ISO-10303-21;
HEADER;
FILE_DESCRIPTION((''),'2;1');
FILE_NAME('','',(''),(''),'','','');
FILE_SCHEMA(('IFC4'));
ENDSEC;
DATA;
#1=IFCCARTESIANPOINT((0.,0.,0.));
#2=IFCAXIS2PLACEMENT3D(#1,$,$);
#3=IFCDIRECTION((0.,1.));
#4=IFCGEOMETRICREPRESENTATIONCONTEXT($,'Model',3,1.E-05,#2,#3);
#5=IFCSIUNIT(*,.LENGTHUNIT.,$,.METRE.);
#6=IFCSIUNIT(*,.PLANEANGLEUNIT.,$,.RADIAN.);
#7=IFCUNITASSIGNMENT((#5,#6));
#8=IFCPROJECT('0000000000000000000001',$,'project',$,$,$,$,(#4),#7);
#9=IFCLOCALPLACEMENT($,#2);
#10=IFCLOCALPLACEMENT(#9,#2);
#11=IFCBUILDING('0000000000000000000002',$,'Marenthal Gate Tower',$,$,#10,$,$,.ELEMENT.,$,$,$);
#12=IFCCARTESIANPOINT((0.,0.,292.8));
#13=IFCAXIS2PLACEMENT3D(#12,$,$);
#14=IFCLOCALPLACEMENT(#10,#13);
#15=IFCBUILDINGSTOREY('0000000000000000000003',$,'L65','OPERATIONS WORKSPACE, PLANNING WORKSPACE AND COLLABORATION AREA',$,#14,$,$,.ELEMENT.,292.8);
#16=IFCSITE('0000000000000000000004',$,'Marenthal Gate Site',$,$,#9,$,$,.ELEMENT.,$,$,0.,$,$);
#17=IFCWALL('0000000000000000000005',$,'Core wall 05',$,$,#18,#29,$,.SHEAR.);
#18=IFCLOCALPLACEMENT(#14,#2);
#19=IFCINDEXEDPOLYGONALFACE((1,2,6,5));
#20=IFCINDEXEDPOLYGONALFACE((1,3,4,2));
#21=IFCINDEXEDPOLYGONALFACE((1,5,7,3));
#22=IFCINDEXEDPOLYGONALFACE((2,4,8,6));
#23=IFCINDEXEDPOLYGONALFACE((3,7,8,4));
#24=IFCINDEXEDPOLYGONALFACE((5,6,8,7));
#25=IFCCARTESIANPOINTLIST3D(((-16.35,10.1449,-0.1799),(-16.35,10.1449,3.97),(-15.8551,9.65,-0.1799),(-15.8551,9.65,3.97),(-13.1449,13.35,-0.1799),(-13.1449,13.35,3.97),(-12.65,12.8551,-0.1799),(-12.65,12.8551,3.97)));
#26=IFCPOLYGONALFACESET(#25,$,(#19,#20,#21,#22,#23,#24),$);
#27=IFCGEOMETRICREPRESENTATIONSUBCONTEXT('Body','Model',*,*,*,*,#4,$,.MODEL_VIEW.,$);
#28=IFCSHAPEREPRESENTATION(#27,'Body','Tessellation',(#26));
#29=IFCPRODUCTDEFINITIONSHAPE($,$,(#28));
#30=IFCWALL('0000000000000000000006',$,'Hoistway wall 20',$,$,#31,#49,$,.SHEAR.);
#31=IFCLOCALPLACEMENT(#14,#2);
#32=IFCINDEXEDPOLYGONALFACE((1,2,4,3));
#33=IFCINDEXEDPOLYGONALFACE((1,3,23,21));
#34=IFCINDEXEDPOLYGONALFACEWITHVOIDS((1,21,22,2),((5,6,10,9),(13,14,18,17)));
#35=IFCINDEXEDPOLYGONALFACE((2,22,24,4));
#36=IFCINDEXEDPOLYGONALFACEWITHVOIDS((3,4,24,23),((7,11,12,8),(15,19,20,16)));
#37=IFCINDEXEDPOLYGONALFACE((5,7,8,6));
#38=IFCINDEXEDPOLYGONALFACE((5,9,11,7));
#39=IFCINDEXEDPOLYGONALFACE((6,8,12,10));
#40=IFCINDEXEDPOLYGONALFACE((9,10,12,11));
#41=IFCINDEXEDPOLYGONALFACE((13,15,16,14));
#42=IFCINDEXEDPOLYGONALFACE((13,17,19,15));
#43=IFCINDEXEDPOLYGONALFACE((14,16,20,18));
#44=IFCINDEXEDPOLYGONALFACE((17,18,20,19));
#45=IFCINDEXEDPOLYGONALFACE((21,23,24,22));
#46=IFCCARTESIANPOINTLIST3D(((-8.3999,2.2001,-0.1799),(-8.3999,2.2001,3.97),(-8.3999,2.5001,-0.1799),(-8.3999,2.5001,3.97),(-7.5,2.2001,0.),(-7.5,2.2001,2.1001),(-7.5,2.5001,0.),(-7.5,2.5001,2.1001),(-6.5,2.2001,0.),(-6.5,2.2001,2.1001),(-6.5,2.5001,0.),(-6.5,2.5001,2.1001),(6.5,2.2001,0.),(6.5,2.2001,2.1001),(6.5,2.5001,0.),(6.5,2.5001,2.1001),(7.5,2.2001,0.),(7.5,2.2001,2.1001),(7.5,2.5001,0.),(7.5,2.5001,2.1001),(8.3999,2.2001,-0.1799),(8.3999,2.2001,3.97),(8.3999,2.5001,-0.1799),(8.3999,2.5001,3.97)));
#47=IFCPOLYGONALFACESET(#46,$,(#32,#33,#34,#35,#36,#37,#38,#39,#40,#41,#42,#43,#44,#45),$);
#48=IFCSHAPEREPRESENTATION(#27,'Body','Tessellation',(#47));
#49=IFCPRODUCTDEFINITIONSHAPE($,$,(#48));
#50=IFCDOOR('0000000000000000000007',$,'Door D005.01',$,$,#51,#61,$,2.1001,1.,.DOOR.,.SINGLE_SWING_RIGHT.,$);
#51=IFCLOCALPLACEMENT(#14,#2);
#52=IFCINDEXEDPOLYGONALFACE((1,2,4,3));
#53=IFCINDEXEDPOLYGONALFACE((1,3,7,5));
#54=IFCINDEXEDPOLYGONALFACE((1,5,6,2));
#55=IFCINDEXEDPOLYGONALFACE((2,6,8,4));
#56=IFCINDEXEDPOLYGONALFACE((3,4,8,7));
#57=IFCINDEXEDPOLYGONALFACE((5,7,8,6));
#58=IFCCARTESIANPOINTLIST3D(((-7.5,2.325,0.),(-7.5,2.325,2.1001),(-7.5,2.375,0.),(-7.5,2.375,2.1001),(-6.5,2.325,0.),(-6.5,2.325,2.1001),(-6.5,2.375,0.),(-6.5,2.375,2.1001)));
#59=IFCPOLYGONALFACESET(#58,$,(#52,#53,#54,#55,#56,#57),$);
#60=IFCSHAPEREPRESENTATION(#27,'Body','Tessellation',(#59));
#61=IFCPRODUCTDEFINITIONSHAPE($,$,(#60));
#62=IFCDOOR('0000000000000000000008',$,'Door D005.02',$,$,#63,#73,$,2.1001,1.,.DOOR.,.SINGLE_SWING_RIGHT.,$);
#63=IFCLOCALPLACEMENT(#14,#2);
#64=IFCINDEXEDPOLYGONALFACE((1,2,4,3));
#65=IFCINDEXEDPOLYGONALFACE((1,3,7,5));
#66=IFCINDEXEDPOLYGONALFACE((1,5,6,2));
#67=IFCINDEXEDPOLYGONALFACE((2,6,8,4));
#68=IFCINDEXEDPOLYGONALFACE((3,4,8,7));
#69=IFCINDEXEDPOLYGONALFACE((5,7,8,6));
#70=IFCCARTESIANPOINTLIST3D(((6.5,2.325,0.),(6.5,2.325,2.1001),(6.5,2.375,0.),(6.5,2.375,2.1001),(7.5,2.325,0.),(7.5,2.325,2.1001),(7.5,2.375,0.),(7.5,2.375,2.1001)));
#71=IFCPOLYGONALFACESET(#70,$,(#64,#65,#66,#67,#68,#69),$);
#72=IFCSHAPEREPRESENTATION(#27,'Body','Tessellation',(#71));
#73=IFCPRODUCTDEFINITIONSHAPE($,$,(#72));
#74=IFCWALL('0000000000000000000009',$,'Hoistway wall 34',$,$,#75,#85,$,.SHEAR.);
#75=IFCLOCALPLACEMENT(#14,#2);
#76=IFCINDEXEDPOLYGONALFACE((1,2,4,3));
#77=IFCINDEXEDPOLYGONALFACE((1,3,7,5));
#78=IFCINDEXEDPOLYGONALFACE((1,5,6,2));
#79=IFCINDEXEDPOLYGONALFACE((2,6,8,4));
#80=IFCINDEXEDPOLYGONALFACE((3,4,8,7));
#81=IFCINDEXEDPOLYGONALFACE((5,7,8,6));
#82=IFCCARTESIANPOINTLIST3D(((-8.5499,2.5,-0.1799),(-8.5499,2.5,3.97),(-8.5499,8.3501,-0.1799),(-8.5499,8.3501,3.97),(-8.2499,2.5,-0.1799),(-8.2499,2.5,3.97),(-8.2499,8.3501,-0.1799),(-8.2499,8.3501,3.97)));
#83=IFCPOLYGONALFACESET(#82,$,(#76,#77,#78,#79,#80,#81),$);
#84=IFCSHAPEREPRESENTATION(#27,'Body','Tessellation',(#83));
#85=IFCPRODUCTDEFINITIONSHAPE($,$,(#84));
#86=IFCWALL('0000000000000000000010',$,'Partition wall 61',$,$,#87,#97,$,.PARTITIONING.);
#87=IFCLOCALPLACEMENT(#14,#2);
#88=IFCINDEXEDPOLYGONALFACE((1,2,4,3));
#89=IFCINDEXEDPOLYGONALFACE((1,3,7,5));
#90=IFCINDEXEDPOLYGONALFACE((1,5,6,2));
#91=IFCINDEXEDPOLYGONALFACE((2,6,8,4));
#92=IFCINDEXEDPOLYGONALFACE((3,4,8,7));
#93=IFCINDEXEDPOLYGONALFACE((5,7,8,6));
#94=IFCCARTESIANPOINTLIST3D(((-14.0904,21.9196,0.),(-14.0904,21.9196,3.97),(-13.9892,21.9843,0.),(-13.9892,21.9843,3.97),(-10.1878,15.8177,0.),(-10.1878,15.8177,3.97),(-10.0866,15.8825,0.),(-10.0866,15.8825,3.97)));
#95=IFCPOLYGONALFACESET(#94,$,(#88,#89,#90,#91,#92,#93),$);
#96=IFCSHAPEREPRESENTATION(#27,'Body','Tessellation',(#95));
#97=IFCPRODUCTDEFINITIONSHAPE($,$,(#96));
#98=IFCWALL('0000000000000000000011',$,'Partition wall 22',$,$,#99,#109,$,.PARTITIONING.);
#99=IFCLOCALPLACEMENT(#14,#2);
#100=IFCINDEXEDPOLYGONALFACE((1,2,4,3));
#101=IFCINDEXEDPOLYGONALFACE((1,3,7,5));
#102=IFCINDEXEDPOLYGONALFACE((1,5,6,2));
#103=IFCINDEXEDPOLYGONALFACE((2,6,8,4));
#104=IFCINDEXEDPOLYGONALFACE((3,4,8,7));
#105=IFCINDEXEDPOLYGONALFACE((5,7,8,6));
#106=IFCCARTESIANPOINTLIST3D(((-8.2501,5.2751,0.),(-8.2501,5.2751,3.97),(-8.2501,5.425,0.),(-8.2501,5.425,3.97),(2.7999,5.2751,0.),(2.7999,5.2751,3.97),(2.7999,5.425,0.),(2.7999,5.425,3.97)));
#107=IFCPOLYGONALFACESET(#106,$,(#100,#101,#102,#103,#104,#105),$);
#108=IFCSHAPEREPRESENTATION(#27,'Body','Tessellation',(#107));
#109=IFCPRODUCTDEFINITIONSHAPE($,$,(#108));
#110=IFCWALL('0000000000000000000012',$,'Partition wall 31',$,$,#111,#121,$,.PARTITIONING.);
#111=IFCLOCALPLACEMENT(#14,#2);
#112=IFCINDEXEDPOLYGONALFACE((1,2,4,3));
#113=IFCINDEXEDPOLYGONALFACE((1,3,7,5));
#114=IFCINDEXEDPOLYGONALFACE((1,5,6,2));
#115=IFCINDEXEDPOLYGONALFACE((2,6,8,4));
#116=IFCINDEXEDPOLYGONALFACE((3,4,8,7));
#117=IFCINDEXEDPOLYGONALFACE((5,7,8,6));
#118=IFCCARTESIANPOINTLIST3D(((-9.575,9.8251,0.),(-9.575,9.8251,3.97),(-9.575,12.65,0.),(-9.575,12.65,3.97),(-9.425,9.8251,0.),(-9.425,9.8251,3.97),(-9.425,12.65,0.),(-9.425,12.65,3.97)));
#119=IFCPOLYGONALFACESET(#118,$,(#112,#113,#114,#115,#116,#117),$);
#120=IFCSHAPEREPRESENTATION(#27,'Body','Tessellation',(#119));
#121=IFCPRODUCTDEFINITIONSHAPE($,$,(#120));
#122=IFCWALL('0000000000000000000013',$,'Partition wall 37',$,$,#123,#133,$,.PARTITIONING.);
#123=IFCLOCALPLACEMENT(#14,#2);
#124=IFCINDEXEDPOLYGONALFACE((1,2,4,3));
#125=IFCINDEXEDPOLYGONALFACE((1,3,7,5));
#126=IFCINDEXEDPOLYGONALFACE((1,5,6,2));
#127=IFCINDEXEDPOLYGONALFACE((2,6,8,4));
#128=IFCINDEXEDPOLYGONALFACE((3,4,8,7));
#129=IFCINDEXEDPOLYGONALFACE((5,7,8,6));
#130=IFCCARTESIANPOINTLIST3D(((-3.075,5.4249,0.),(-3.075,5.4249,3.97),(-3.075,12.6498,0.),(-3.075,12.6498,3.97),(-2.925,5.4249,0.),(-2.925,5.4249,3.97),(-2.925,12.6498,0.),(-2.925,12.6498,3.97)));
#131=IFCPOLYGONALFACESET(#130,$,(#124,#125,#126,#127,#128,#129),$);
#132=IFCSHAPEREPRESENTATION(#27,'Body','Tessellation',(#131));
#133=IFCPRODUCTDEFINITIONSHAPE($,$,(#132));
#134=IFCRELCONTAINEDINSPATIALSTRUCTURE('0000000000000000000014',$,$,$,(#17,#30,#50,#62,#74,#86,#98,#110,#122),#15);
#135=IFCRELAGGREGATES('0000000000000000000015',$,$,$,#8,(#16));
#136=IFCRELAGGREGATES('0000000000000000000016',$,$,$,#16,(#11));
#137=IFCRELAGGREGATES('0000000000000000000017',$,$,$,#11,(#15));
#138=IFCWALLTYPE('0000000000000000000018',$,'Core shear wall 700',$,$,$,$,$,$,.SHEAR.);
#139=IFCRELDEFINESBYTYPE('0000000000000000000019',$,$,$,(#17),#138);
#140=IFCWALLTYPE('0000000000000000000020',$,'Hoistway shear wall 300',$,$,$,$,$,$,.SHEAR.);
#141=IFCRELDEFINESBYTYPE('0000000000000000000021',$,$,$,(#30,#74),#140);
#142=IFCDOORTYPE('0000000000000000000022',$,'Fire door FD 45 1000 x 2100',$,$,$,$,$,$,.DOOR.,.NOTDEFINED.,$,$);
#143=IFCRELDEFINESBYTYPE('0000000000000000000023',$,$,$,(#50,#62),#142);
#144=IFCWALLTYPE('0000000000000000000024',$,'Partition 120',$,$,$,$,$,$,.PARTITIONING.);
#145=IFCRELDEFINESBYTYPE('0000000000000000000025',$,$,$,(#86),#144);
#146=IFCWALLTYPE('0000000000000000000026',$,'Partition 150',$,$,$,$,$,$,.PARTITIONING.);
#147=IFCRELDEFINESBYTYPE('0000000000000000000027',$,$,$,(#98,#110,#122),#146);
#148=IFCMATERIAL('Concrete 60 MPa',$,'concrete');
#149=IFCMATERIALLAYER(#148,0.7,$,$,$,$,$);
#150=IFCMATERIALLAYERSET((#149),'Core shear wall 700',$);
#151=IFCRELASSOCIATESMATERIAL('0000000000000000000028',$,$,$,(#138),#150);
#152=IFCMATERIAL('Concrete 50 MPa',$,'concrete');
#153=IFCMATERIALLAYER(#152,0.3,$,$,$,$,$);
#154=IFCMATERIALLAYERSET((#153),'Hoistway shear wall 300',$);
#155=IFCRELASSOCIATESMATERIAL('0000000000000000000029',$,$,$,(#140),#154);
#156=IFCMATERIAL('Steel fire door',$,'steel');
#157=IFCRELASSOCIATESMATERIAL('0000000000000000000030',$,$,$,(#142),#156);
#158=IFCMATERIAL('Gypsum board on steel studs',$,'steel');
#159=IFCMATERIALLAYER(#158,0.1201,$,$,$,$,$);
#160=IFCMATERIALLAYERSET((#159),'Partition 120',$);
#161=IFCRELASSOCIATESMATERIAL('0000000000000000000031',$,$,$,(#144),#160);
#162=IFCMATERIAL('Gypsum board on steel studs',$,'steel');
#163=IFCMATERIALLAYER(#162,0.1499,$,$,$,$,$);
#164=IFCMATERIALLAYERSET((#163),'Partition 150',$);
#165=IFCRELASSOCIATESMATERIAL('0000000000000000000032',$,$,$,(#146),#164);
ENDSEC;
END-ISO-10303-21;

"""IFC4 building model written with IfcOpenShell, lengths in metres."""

from ifc_helpers import new_model, si_unit, direction, frame, frame_2d, origin, place, context, subcontext, project, spatial, rectangle, extrude, material, layer, layer_set, type_object, element, fill, save


model = new_model("IFC4")

# Units and contexts
model_context = context("Model", 3, precision=1e-05, world=origin(), true_north=direction((0.0, 1.0)))
body_context = subcontext(model_context, "Body", "Model", "MODEL_VIEW")
ifc_project = project(units=[si_unit("LENGTHUNIT", "METRE"), si_unit("PLANEANGLEUNIT", "RADIAN")], contexts=[model_context])

# Site, building, storey
site_placement = place(None, origin())
site = spatial("IfcSite", under=ifc_project, at=site_placement, Name="Marenthal Gate Site", CompositionType="ELEMENT", RefElevation=0.0)
building_placement = place(site_placement, origin())
building = spatial("IfcBuilding", under=site, at=building_placement, Name="Marenthal Gate Tower", CompositionType="ELEMENT")
storey_placement = place(building_placement, frame((0.0, 0.0, 292.8)))
storey = spatial("IfcBuildingStorey", under=building, at=storey_placement, Name="L65", Description="OPERATIONS WORKSPACE, PLANNING WORKSPACE AND COLLABORATION AREA", CompositionType="ELEMENT", Elevation=292.8)

# Wall
ifc_material_1 = material(Name="Concrete 60 MPa", Category="concrete")
ifc_layer_1 = layer(ifc_material_1, 0.7)
ifc_layer_set_1 = layer_set([ifc_layer_1], Name="Core shear wall 700")
wall_type_1 = type_object("IfcWallType", Name="Core shear wall 700", PredefinedType="SHEAR", material=ifc_layer_set_1)
wall_1_placement = place(storey_placement, frame((-12.8975, 13.1025, -0.1799), z_axis=(0.0, 0.0, 1.0), x_axis=(-0.707107, -0.707107, 0.0)))
element("IfcWall", 1, at=wall_1_placement, inside=storey, type_object=wall_type_1, Name="Core wall 05", PredefinedType="SHEAR", context=body_context, shape_type="SweptSolid", body=[
    extrude(rectangle(XDim=4.5327, YDim=0.7, at=frame_2d((2.2664, 0.0))), origin(), (0.0, 0.0, 1.0), 4.1499),
])

# Wall, openings, doors
ifc_material_2 = material(Name="Concrete 50 MPa", Category="concrete")
ifc_layer_2 = layer(ifc_material_2, 0.3)
ifc_layer_set_2 = layer_set([ifc_layer_2], Name="Hoistway shear wall 300")
wall_type_2 = type_object("IfcWallType", Name="Hoistway shear wall 300", PredefinedType="SHEAR", material=ifc_layer_set_2)
wall_2_placement = place(storey_placement, frame((-8.3999, 2.3501, -0.1799), z_axis=(0.0, 0.0, 1.0), x_axis=(1.0, 0.0, 0.0)))
wall_2 = element("IfcWall", 2, at=wall_2_placement, inside=storey, type_object=wall_type_2, Name="Hoistway wall 20", PredefinedType="SHEAR", context=body_context, shape_type="SweptSolid", body=[
    extrude(rectangle(XDim=16.7998, YDim=0.3, at=frame_2d((8.3999, 0.0))), origin(), (0.0, 0.0, 1.0), 4.1499),
])
opening_1_placement = place(wall_2_placement, frame((0.8999, 0.0, 0.1799)))
opening_1 = element("IfcOpeningElement", 3, at=opening_1_placement, cuts=wall_2, PredefinedType="OPENING", context=body_context, shape_type="SweptSolid", body=[
    extrude(rectangle(XDim=1.0, YDim=2.1001, at=frame_2d((0.5, 1.05))), frame((0.0, 0.1602, 0.0), z_axis=(0.0, -1.0, 0.0), x_axis=(1.0, 0.0, 0.0)), (0.0, 0.0, 1.0), 0.3201),
])
opening_2_placement = place(wall_2_placement, frame((14.8999, 0.0, 0.1799)))
opening_2 = element("IfcOpeningElement", 4, at=opening_2_placement, cuts=wall_2, PredefinedType="OPENING", context=body_context, shape_type="SweptSolid", body=[
    extrude(rectangle(XDim=1.0, YDim=2.1001, at=frame_2d((0.5, 1.05))), frame((0.0, 0.1602, 0.0), z_axis=(0.0, -1.0, 0.0), x_axis=(1.0, 0.0, 0.0)), (0.0, 0.0, 1.0), 0.3201),
])
ifc_material_3 = material(Name="Steel fire door", Category="steel")
door_type_1 = type_object("IfcDoorType", Name="Fire door FD 45 1000 x 2100", OperationType="NOTDEFINED", PredefinedType="DOOR", material=ifc_material_3)
door_1_placement = place(opening_1_placement, origin())
door_1 = element("IfcDoor", 5, at=door_1_placement, inside=storey, type_object=door_type_1, Name="Door D005.01", OperationType="SINGLE_SWING_RIGHT", OverallHeight=2.1001, OverallWidth=1.0, PredefinedType="DOOR", context=body_context, shape_type="SweptSolid", body=[
    extrude(rectangle(XDim=1.0, YDim=2.1001, at=frame_2d((0.5, 1.05))), frame((0.0, 0.0249, 0.0), z_axis=(0.0, -1.0, 0.0), x_axis=(1.0, 0.0, 0.0)), (0.0, 0.0, 1.0), 0.05),
])
fill(opening_1, door_1)
door_2_placement = place(opening_2_placement, origin())
door_2 = element("IfcDoor", 6, at=door_2_placement, inside=storey, type_object=door_type_1, Name="Door D005.02", OperationType="SINGLE_SWING_RIGHT", OverallHeight=2.1001, OverallWidth=1.0, PredefinedType="DOOR", context=body_context, shape_type="SweptSolid", body=[
    extrude(rectangle(XDim=1.0, YDim=2.1001, at=frame_2d((0.5, 1.05))), frame((0.0, 0.0249, 0.0), z_axis=(0.0, -1.0, 0.0), x_axis=(1.0, 0.0, 0.0)), (0.0, 0.0, 1.0), 0.05),
])
fill(opening_2, door_2)

# Walls
wall_3_placement = place(storey_placement, frame((-8.3999, 2.5, -0.1799), z_axis=(0.0, 0.0, 1.0), x_axis=(0.0, 1.0, 0.0)))
element("IfcWall", 7, at=wall_3_placement, inside=storey, type_object=wall_type_2, Name="Hoistway wall 34", PredefinedType="SHEAR", context=body_context, shape_type="SweptSolid", body=[
    extrude(rectangle(XDim=5.8501, YDim=0.3, at=frame_2d((2.925, 0.0))), origin(), (0.0, 0.0, 1.0), 4.1499),
])
ifc_material_4 = material(Name="Gypsum board on steel studs", Category="steel")
ifc_layer_3 = layer(ifc_material_4, 0.1201)
ifc_layer_set_3 = layer_set([ifc_layer_3], Name="Partition 120")
wall_type_3 = type_object("IfcWallType", Name="Partition 120", PredefinedType="PARTITIONING", material=ifc_layer_set_3)
wall_4_placement = place(storey_placement, frame((-10.1372, 15.8501, 0.0), z_axis=(0.0, 0.0, 1.0), x_axis=(-0.538802, 0.842432, 0.0)))
element("IfcWall", 8, at=wall_4_placement, inside=storey, type_object=wall_type_3, Name="Partition wall 61", PredefinedType="PARTITIONING", context=body_context, shape_type="SweptSolid", body=[
    extrude(rectangle(XDim=7.2432, YDim=0.1201, at=frame_2d((3.6216, 0.0))), origin(), (0.0, 0.0, 1.0), 3.97),
])
ifc_material_5 = material(Name="Gypsum board on steel studs", Category="steel")
ifc_layer_4 = layer(ifc_material_5, 0.1499)
ifc_layer_set_4 = layer_set([ifc_layer_4], Name="Partition 150")
wall_type_4 = type_object("IfcWallType", Name="Partition 150", PredefinedType="PARTITIONING", material=ifc_layer_set_4)
wall_5_placement = place(storey_placement, frame((-8.25, 5.3501, 0.0), z_axis=(0.0, 0.0, 1.0), x_axis=(1.0, 0.0, 0.0)))
element("IfcWall", 9, at=wall_5_placement, inside=storey, type_object=wall_type_4, Name="Partition wall 22", PredefinedType="PARTITIONING", context=body_context, shape_type="SweptSolid", body=[
    extrude(rectangle(XDim=11.05, YDim=0.1499, at=frame_2d((5.5249, 0.0))), origin(), (0.0, 0.0, 1.0), 3.97),
])
wall_6_placement = place(storey_placement, frame((-9.5, 9.825, 0.0), z_axis=(0.0, 0.0, 1.0), x_axis=(0.0, 1.0, 0.0)))
element("IfcWall", 10, at=wall_6_placement, inside=storey, type_object=wall_type_4, Name="Partition wall 31", PredefinedType="PARTITIONING", context=body_context, shape_type="SweptSolid", body=[
    extrude(rectangle(XDim=2.825, YDim=0.1499, at=frame_2d((1.4126, 0.0))), origin(), (0.0, 0.0, 1.0), 3.97),
])
wall_7_placement = place(storey_placement, frame((-3.0, 5.425, 0.0), z_axis=(0.0, 0.0, 1.0), x_axis=(0.0, 1.0, 0.0)))
element("IfcWall", 11, at=wall_7_placement, inside=storey, type_object=wall_type_4, Name="Partition wall 37", PredefinedType="PARTITIONING", context=body_context, shape_type="SweptSolid", body=[
    extrude(rectangle(XDim=7.2249, YDim=0.1499, at=frame_2d((3.6123, 0.0))), origin(), (0.0, 0.0, 1.0), 3.97),
])

save(model, "model.ifc")
